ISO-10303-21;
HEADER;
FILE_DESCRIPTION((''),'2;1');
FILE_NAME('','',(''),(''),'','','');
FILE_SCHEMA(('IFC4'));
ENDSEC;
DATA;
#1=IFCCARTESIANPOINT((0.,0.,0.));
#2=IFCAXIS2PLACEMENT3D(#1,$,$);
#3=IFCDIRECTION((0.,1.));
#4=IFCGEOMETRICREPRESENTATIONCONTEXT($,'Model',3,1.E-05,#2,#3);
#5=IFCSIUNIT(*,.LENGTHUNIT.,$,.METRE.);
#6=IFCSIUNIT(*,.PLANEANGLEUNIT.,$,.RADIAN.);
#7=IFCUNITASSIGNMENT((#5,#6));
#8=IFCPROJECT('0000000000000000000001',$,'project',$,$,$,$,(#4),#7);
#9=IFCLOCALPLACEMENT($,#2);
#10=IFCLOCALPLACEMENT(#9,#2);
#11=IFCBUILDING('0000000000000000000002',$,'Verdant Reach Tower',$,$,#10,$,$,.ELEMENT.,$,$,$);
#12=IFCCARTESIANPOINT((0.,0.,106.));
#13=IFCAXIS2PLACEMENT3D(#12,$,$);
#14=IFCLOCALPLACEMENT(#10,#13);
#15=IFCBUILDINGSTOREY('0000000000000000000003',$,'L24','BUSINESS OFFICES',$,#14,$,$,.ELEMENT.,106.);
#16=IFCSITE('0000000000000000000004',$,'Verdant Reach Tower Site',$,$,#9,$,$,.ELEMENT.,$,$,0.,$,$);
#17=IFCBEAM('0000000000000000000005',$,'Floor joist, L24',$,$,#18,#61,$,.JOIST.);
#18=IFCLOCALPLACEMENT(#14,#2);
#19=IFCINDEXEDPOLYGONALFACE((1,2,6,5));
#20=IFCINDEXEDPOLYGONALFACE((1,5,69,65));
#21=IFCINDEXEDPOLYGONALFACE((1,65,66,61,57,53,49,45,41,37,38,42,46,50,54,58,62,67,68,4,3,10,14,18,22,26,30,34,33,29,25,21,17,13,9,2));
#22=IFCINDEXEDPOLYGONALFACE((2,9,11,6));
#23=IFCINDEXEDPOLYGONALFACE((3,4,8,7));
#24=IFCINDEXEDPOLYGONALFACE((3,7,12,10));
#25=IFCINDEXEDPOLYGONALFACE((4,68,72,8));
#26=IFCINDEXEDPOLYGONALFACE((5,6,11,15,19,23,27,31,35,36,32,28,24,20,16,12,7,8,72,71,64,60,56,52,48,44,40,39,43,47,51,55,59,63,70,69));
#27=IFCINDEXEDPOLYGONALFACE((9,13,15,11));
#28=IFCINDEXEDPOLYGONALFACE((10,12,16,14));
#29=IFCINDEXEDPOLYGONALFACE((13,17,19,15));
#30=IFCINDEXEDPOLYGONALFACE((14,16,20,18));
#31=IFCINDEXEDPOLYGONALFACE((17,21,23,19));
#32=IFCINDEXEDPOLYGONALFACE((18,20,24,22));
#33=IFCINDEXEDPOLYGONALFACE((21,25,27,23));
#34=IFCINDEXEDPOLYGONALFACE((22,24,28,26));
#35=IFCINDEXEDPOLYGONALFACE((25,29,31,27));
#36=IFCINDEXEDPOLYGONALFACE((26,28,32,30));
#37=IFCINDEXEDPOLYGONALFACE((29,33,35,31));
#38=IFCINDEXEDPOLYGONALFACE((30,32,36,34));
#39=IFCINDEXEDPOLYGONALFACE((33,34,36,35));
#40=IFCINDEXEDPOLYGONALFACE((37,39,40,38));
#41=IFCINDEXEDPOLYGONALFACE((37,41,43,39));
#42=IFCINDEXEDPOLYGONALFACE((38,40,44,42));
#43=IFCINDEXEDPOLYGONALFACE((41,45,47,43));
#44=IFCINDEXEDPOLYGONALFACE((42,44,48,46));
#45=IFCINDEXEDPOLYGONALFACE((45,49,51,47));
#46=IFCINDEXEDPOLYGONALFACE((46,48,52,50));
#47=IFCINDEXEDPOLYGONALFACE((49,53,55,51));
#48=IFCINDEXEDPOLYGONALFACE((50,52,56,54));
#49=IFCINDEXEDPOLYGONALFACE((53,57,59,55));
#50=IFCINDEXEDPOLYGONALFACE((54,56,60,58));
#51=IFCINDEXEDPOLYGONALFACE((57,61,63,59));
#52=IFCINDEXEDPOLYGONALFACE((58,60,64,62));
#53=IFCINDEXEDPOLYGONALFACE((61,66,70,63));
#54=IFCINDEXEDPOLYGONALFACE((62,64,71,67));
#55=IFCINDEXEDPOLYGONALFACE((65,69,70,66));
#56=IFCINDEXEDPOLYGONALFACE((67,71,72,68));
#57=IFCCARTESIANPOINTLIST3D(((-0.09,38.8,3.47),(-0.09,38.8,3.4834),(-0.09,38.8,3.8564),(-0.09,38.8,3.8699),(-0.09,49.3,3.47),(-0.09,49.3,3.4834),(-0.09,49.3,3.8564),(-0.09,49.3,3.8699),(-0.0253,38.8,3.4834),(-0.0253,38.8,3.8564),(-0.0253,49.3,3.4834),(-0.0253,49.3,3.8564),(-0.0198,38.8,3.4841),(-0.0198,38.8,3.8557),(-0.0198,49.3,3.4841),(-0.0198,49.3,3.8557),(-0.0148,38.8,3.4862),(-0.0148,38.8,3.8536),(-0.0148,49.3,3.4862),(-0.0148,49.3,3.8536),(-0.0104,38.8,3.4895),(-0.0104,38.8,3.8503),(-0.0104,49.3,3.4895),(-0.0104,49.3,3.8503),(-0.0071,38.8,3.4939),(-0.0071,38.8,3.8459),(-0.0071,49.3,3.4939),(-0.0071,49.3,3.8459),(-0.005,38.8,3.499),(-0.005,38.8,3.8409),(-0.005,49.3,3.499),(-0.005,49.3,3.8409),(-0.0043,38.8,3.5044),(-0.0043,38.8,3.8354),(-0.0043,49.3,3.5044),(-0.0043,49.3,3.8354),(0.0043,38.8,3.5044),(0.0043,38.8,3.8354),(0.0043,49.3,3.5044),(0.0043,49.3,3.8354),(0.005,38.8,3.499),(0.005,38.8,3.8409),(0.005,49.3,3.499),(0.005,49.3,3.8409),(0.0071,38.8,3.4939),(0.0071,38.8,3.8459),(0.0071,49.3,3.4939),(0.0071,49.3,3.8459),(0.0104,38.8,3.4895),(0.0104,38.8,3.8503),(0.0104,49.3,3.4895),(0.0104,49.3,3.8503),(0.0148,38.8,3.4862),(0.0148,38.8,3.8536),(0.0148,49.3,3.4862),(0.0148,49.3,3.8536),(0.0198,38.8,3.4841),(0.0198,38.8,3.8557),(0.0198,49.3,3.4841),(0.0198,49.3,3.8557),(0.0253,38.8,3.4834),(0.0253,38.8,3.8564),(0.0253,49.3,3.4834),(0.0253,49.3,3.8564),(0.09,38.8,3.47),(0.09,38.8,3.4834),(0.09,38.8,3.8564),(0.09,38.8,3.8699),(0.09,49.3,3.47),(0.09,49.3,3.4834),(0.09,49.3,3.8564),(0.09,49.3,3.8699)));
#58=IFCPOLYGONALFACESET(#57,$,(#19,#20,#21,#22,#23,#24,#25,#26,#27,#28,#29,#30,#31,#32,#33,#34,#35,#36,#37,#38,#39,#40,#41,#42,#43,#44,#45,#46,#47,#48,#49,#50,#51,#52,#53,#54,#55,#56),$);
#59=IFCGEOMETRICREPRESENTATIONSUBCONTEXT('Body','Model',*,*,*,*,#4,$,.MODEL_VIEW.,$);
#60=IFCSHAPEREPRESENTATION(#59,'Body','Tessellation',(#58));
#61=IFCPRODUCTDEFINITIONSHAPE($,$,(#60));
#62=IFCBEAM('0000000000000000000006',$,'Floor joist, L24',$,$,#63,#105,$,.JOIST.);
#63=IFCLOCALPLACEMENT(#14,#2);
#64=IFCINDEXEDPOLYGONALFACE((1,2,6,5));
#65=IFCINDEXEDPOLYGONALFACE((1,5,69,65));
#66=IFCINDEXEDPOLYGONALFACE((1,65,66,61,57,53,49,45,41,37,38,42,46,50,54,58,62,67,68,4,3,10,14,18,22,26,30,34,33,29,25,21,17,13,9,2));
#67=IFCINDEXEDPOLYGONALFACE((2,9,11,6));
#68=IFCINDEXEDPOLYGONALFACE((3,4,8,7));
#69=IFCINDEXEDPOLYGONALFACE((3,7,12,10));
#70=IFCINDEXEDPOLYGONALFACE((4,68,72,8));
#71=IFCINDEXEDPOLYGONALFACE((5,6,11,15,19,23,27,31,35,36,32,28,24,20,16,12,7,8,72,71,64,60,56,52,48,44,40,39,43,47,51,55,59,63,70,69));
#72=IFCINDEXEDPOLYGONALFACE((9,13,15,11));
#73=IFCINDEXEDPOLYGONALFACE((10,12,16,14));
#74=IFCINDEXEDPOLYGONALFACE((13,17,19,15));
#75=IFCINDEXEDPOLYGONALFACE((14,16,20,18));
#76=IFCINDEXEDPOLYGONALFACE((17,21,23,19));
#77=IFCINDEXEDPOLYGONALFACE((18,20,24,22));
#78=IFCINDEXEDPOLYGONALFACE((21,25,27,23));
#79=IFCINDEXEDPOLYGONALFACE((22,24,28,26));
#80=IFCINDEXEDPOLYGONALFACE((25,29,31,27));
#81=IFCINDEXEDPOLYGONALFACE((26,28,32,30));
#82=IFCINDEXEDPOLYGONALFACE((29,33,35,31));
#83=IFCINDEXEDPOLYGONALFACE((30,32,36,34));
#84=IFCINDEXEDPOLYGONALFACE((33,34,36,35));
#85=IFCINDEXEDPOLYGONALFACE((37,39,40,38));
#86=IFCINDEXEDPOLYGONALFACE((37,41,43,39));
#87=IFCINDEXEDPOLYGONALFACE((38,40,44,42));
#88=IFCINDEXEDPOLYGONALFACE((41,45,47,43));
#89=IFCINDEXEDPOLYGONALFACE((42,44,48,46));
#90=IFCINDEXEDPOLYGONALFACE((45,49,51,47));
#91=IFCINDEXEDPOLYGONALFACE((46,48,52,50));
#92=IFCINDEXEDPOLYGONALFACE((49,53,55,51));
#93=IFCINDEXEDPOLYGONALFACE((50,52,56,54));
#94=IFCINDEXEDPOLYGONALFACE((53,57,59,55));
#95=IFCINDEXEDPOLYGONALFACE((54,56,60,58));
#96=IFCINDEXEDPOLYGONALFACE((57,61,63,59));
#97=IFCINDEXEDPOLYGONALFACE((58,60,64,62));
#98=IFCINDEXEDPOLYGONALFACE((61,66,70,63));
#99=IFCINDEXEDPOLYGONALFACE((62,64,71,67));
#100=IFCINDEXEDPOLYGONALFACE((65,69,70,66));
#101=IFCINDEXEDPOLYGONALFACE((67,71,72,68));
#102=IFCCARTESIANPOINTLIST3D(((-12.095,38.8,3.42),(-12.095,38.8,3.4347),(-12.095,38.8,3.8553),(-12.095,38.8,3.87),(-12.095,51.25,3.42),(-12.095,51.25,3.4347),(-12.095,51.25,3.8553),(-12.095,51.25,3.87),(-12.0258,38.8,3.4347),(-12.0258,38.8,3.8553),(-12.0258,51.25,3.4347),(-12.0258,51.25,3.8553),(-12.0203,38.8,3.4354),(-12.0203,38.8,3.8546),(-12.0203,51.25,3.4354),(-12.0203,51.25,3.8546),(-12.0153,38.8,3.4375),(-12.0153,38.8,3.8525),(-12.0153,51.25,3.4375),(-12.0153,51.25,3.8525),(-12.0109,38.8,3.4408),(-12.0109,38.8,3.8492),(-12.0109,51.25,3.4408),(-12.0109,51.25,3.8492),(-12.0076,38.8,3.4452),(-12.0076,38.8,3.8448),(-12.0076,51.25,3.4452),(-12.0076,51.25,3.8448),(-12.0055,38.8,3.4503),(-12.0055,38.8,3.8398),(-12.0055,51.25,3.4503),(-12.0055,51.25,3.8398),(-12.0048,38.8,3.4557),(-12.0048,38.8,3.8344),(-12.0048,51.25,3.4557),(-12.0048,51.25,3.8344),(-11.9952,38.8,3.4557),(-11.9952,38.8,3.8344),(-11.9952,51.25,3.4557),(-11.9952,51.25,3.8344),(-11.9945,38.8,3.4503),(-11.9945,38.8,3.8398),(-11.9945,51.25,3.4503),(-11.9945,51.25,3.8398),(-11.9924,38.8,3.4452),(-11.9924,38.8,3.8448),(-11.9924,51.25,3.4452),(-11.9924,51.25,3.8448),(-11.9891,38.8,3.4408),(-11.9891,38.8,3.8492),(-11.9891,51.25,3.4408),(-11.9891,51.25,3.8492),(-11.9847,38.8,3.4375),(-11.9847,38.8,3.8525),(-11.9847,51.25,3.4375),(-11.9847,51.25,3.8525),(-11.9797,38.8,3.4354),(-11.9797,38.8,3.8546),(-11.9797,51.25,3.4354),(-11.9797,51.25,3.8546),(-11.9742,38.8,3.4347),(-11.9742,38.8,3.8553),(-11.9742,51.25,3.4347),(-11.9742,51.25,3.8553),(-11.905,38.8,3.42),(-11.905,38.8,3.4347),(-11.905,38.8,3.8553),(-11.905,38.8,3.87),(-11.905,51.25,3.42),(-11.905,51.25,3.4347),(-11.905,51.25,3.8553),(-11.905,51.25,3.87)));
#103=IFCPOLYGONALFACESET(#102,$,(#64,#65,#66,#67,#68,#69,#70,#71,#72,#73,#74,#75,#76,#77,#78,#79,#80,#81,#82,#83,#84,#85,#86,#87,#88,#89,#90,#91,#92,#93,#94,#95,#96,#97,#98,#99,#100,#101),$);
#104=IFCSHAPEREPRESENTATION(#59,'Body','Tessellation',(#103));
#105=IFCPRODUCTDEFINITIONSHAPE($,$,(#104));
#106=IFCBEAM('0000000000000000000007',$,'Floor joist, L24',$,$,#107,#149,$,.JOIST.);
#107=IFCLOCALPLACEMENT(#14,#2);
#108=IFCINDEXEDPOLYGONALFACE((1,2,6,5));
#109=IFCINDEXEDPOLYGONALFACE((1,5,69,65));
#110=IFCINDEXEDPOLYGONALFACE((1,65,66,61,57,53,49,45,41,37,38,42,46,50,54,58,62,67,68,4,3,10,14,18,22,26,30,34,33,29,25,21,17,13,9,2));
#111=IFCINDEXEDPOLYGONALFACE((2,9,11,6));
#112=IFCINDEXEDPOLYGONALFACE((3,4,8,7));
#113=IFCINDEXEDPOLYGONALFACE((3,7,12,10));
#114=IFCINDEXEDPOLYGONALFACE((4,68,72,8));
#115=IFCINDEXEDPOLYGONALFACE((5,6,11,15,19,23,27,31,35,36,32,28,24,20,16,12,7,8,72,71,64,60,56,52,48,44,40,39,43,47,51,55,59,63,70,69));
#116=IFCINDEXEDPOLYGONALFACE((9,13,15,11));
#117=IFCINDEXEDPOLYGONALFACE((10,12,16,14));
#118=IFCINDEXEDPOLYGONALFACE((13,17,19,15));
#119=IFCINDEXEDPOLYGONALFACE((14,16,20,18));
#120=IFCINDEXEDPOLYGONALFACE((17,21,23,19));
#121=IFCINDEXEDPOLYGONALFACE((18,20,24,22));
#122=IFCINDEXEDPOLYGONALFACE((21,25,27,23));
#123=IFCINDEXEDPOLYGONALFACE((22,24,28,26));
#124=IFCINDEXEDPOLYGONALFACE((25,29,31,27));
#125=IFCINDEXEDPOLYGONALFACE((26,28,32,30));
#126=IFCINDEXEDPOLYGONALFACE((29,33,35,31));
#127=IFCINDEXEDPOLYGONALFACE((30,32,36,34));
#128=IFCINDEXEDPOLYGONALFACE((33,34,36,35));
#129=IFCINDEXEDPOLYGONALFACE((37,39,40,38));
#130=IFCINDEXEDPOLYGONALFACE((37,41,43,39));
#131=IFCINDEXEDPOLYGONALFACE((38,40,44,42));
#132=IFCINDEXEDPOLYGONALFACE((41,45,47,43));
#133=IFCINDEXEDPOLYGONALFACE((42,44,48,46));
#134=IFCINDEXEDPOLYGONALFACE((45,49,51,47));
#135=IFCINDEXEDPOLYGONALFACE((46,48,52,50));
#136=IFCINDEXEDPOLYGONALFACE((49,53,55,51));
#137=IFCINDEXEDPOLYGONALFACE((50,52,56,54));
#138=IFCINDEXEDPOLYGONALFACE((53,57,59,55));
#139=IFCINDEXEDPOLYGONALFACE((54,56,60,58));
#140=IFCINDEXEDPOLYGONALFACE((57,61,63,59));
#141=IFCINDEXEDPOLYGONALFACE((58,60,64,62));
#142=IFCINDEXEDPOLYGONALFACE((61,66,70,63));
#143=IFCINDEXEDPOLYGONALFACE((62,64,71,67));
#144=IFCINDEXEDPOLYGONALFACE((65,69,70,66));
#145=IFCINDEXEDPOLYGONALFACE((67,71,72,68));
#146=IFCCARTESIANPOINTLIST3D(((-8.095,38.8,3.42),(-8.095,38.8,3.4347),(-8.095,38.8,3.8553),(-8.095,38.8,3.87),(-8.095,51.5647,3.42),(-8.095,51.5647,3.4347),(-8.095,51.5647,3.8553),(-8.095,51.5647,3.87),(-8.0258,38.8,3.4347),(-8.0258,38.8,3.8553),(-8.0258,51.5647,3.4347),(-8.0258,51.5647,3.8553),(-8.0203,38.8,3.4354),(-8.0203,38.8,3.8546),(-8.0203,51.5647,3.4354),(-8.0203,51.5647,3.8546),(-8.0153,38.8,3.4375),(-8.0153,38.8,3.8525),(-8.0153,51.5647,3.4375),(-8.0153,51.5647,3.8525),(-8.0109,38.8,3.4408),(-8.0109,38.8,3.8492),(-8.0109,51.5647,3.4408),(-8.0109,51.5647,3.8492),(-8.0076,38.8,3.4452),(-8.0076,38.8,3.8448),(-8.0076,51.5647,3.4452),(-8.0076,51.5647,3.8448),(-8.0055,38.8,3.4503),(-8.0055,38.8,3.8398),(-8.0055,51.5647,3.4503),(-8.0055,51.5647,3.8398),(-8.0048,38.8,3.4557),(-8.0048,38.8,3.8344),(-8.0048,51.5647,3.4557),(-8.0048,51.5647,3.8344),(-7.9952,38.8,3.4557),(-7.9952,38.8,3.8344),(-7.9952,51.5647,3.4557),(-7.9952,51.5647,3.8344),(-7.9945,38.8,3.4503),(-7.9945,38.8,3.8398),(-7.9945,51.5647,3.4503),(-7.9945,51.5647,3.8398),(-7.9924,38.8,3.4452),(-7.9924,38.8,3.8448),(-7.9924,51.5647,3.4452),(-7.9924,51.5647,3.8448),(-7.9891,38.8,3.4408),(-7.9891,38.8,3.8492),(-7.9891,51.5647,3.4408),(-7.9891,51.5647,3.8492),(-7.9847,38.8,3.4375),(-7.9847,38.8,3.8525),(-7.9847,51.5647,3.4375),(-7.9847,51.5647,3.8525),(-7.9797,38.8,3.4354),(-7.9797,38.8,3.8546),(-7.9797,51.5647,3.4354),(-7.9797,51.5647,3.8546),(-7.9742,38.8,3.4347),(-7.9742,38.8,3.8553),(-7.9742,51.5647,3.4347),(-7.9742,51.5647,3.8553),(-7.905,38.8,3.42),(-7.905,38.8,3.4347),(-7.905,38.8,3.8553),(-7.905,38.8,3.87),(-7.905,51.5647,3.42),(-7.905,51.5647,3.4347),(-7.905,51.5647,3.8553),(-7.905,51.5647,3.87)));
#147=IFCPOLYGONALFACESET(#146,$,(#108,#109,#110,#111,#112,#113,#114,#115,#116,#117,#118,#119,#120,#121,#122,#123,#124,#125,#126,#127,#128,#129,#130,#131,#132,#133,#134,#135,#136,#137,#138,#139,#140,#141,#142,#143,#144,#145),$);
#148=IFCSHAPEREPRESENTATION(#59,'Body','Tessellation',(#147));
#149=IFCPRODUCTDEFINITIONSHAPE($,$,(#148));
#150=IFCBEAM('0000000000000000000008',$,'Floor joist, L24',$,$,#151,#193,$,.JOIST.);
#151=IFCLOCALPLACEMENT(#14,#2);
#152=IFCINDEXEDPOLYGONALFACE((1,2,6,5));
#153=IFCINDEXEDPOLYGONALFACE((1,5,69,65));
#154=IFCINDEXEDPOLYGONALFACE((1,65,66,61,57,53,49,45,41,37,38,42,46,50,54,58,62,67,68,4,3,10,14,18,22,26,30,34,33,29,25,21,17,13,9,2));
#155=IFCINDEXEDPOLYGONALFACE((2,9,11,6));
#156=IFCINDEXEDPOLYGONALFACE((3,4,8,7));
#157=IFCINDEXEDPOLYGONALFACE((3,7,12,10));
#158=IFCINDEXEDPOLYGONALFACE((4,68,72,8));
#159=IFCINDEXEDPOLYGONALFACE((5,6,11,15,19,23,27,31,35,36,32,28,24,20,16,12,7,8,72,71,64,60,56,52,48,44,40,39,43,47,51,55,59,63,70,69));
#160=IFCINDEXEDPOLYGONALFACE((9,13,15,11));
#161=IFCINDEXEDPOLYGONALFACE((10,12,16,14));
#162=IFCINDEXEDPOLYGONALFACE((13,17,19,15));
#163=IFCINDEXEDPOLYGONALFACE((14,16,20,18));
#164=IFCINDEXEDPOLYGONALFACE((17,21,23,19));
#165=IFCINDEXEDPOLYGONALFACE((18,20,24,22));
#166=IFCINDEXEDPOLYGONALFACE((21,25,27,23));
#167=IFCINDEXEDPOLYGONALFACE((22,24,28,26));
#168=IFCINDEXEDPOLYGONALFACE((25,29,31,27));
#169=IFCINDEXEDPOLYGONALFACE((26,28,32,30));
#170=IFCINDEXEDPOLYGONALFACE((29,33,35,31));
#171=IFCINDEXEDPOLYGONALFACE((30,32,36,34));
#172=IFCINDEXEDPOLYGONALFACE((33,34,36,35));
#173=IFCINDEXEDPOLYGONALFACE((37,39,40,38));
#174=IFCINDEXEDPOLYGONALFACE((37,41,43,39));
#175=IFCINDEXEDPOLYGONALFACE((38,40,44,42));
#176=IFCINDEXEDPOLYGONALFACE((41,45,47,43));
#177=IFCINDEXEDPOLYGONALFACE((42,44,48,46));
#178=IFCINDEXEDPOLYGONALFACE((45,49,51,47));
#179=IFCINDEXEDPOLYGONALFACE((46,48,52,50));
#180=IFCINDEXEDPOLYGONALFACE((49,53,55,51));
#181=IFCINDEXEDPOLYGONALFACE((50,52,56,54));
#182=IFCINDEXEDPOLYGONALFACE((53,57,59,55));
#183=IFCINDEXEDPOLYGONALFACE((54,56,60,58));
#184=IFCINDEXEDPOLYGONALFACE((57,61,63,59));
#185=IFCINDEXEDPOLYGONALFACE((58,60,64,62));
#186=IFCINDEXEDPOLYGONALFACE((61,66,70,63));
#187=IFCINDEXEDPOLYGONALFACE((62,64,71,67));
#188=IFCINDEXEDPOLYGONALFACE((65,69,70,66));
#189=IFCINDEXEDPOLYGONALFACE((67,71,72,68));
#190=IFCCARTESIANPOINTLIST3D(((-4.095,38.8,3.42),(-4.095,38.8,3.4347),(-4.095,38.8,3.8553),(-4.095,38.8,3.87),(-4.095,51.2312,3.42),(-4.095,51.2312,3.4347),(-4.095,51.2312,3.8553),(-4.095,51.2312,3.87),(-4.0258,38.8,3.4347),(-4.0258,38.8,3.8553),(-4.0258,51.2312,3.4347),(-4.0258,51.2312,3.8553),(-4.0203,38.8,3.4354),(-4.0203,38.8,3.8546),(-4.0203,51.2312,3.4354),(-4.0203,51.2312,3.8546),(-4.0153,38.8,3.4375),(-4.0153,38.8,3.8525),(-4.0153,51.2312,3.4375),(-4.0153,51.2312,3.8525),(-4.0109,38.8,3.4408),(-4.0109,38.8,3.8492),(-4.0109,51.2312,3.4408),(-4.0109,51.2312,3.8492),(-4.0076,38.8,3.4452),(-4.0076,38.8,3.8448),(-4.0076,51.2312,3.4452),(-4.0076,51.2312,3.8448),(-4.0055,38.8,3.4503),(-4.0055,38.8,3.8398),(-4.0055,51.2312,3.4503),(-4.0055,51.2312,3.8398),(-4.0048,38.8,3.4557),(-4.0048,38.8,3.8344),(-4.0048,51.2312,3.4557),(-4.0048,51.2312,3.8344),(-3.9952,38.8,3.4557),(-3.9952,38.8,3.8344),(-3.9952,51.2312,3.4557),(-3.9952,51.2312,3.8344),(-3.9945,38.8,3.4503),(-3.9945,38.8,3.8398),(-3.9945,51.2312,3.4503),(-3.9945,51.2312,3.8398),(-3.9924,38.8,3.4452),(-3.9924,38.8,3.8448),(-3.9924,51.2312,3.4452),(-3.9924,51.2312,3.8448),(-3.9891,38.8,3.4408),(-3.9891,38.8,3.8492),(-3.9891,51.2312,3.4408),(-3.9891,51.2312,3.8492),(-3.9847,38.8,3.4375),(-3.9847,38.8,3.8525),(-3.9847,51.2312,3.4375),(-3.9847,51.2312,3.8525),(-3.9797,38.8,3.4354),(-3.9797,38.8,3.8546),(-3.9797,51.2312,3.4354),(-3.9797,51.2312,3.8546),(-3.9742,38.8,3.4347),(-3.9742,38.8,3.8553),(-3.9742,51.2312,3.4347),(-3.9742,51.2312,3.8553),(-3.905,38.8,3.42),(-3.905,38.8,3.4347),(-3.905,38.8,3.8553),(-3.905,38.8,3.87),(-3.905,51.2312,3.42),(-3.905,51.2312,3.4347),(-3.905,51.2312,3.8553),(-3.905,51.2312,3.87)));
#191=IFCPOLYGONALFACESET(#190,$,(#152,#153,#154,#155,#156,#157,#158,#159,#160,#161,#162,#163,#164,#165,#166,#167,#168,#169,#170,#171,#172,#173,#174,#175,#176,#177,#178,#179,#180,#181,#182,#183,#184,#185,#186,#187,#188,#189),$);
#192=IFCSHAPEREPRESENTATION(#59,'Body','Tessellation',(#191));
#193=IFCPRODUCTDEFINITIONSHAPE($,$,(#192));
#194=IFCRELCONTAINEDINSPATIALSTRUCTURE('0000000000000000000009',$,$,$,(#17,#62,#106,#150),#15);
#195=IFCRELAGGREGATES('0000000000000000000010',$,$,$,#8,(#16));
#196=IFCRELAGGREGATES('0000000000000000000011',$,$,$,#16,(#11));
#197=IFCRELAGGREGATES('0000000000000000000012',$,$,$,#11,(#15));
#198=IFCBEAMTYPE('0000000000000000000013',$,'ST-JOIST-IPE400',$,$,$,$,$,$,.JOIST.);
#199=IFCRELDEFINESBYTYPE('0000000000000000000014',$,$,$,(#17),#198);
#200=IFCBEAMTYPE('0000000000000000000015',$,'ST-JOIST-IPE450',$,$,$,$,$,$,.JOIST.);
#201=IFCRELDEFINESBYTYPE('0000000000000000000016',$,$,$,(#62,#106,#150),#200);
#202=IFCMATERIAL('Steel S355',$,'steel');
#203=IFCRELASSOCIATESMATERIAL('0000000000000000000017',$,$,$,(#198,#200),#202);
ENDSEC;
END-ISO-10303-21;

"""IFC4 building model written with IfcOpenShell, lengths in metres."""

from ifc_helpers import new_model, si_unit, direction, frame, origin, origin_2d, place, context, subcontext, project, spatial, i_section, extrude, material, material_profile, profile_set, type_object, element, save


model = new_model("IFC4")

# Units and contexts
model_context = context("Model", 3, precision=1e-05, world=origin(), true_north=direction((0.0, 1.0)))
body_context = subcontext(model_context, "Body", "Model", "MODEL_VIEW")
ifc_project = project(units=[si_unit("LENGTHUNIT", "METRE"), si_unit("PLANEANGLEUNIT", "RADIAN")], contexts=[model_context])

# Site, building, storey
site_placement = place(None, origin())
site = spatial("IfcSite", under=ifc_project, at=site_placement, Name="Verdant Reach Tower Site", CompositionType="ELEMENT", RefElevation=0.0)
building_placement = place(site_placement, origin())
building = spatial("IfcBuilding", under=site, at=building_placement, Name="Verdant Reach Tower", CompositionType="ELEMENT")
storey_placement = place(building_placement, frame((0.0, 0.0, 106.0)))
storey = spatial("IfcBuildingStorey", under=building, at=storey_placement, Name="L24", Description="BUSINESS OFFICES", CompositionType="ELEMENT", Elevation=106.0)

# Beams
ifc_material_1 = material(Name="Steel S355", Category="steel")
ifc_material_profile_1 = material_profile(ifc_material_1, i_section(OverallWidth=0.1799, OverallDepth=0.3999, WebThickness=0.0085, FlangeThickness=0.0134, FilletRadius=0.021, at=origin_2d()), Name="IPE 400")
ifc_profile_set_1 = profile_set([ifc_material_profile_1], Name="Steel S355")
beam_type_1 = type_object("IfcBeamType", Name="ST-JOIST-IPE400", PredefinedType="JOIST", material=ifc_profile_set_1)
beam_1_placement = place(storey_placement, frame((0.0, 38.8, 3.6699), z_axis=(0.0, 1.0, 0.0), x_axis=(-1.0, 0.0, 0.0)))
element("IfcBeam", 1, at=beam_1_placement, inside=storey, type_object=beam_type_1, Name="Floor joist, L24", PredefinedType="JOIST", context=body_context, shape_type="SweptSolid", body=[
    extrude(i_section(OverallWidth=0.1799, OverallDepth=0.3999, WebThickness=0.0085, FlangeThickness=0.0134, FilletRadius=0.021, at=origin_2d()), origin(), (0.0, 0.0, 1.0), 10.5),
])
ifc_material_profile_2 = material_profile(ifc_material_1, i_section(OverallWidth=0.1899, OverallDepth=0.45, WebThickness=0.0095, FlangeThickness=0.0146, FilletRadius=0.021, at=origin_2d()), Name="IPE 450")
ifc_profile_set_2 = profile_set([ifc_material_profile_2], Name="Steel S355")
beam_type_2 = type_object("IfcBeamType", Name="ST-JOIST-IPE450", PredefinedType="JOIST", material=ifc_profile_set_2)
beam_2_placement = place(storey_placement, frame((-12.0, 38.8, 3.645), z_axis=(0.0, 1.0, 0.0), x_axis=(-1.0, 0.0, 0.0)))
element("IfcBeam", 2, at=beam_2_placement, inside=storey, type_object=beam_type_2, Name="Floor joist, L24", PredefinedType="JOIST", context=body_context, shape_type="SweptSolid", body=[
    extrude(i_section(OverallWidth=0.1899, OverallDepth=0.45, WebThickness=0.0095, FlangeThickness=0.0146, FilletRadius=0.021, at=origin_2d()), origin(), (0.0, 0.0, 1.0), 12.45),
])
beam_3_placement = place(storey_placement, frame((-8.0, 38.8, 3.645), z_axis=(0.0, 1.0, 0.0), x_axis=(-1.0, 0.0, 0.0)))
element("IfcBeam", 3, at=beam_3_placement, inside=storey, type_object=beam_type_2, Name="Floor joist, L24", PredefinedType="JOIST", context=body_context, shape_type="SweptSolid", body=[
    extrude(i_section(OverallWidth=0.1899, OverallDepth=0.45, WebThickness=0.0095, FlangeThickness=0.0146, FilletRadius=0.021, at=origin_2d()), origin(), (0.0, 0.0, 1.0), 12.7646),
])
beam_4_placement = place(storey_placement, frame((-4.0, 38.8, 3.645), z_axis=(0.0, 1.0, 0.0), x_axis=(-1.0, 0.0, 0.0)))
element("IfcBeam", 4, at=beam_4_placement, inside=storey, type_object=beam_type_2, Name="Floor joist, L24", PredefinedType="JOIST", context=body_context, shape_type="SweptSolid", body=[
    extrude(i_section(OverallWidth=0.1899, OverallDepth=0.45, WebThickness=0.0095, FlangeThickness=0.0146, FilletRadius=0.021, at=origin_2d()), origin(), (0.0, 0.0, 1.0), 12.4312),
])

save(model, "model.ifc")
